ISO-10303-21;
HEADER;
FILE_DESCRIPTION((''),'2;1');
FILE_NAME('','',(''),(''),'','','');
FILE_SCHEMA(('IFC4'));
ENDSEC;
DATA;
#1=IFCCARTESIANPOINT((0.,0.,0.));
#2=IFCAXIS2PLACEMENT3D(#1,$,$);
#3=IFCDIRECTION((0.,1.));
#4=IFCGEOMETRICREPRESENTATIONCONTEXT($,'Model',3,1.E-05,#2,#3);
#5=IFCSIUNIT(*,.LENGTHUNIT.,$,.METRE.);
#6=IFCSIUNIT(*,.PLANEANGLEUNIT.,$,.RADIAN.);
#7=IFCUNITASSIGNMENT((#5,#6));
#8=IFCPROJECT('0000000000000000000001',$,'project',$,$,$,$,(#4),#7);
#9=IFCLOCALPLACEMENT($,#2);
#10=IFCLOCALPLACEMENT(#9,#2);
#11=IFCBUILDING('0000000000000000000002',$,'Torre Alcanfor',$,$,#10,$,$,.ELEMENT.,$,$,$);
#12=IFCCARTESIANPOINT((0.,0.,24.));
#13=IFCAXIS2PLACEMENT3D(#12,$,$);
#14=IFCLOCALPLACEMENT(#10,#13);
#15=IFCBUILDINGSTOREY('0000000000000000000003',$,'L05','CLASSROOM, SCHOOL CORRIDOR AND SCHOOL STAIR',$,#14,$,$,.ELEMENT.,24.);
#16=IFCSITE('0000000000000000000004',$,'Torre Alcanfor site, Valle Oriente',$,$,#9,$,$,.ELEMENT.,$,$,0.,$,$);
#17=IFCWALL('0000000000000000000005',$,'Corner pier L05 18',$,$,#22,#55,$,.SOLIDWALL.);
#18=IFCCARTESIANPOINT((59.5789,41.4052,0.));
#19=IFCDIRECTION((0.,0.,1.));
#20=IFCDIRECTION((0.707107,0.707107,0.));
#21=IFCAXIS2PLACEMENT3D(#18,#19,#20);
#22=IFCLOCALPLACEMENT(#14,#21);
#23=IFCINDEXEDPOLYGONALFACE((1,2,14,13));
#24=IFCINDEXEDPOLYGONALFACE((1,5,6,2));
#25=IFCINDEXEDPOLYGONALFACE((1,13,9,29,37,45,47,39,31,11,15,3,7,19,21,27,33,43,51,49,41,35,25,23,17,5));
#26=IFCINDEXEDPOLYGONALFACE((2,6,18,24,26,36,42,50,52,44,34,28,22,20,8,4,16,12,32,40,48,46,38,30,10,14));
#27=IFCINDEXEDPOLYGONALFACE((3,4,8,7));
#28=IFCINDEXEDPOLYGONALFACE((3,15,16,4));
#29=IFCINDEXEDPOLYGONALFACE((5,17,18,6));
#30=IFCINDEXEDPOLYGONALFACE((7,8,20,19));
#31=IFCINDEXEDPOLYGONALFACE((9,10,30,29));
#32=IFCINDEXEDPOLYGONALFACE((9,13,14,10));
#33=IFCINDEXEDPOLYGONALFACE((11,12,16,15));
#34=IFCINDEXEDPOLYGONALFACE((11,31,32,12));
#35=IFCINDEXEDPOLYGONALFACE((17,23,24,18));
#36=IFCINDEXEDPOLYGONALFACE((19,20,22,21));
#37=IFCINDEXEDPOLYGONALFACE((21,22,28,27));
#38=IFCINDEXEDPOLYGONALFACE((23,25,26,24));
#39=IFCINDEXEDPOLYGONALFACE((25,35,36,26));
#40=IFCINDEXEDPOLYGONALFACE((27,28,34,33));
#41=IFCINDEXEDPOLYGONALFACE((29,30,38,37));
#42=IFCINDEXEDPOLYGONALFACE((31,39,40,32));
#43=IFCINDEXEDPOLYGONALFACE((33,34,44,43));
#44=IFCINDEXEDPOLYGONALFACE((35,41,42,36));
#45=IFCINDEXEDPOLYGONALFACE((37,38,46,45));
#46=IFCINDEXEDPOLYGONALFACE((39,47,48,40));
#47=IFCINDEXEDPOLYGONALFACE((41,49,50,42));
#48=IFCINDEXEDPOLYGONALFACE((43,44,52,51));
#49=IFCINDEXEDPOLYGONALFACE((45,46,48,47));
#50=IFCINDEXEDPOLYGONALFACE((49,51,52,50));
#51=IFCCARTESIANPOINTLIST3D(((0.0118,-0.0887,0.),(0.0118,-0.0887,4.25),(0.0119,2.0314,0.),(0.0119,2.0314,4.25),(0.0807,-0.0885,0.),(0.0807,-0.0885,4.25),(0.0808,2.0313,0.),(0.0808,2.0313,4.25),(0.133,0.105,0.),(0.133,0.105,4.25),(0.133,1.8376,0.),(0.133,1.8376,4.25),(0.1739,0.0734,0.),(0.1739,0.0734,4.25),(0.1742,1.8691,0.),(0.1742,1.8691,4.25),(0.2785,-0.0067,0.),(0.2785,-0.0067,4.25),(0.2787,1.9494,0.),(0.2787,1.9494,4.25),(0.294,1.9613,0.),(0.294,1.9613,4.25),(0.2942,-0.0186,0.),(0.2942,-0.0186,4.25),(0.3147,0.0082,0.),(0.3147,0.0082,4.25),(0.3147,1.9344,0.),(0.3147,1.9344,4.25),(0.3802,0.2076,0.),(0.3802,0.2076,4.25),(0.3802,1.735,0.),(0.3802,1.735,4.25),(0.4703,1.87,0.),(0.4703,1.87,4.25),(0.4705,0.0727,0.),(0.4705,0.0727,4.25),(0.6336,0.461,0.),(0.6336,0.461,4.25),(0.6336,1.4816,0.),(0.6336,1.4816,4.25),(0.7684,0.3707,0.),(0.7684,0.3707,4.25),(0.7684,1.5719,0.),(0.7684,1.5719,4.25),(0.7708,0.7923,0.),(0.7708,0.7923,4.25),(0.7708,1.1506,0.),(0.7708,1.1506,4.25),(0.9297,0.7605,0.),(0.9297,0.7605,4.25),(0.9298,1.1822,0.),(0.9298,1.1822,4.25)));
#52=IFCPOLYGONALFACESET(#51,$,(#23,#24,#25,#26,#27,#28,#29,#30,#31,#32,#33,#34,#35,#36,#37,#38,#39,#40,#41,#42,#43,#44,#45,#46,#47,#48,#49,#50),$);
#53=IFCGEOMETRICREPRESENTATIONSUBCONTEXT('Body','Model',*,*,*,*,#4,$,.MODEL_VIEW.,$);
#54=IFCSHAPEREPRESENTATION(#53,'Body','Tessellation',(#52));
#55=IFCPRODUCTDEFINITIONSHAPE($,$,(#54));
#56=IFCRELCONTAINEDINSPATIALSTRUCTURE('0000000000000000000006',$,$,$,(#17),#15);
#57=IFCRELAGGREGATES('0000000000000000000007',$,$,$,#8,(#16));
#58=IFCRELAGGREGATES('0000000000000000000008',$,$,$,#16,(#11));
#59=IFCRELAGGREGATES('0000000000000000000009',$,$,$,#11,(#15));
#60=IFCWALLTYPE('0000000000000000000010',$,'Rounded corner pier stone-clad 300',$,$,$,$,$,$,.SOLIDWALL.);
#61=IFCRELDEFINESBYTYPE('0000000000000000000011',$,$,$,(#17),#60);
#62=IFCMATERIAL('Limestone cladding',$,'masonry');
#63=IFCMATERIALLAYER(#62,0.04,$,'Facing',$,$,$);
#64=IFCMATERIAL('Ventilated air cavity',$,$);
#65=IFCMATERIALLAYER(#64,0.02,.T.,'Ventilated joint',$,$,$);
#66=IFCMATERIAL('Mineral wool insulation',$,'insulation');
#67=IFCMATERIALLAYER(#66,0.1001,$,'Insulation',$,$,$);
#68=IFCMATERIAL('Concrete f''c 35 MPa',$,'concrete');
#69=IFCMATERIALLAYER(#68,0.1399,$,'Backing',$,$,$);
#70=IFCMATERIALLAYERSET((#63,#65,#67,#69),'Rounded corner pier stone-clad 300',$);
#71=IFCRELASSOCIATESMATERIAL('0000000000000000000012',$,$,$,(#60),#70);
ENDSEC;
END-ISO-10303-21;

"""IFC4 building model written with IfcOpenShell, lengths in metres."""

from ifc_helpers import new_model, si_unit, direction, frame, origin, place, context, subcontext, project, spatial, polyline, outline, extrude, material, layer, layer_set, type_object, element, save


model = new_model("IFC4")

# Units and contexts
model_context = context("Model", 3, precision=1e-05, world=origin(), true_north=direction((0.0, 1.0)))
body_context = subcontext(model_context, "Body", "Model", "MODEL_VIEW")
ifc_project = project(units=[si_unit("LENGTHUNIT", "METRE"), si_unit("PLANEANGLEUNIT", "RADIAN")], contexts=[model_context])

# Site, building, storey
site_placement = place(None, origin())
site = spatial("IfcSite", under=ifc_project, at=site_placement, Name="Torre Alcanfor site, Valle Oriente", CompositionType="ELEMENT", RefElevation=0.0)
building_placement = place(site_placement, origin())
building = spatial("IfcBuilding", under=site, at=building_placement, Name="Torre Alcanfor", CompositionType="ELEMENT")
storey_placement = place(building_placement, frame((0.0, 0.0, 24.0)))
storey = spatial("IfcBuildingStorey", under=building, at=storey_placement, Name="L05", Description="CLASSROOM, SCHOOL CORRIDOR AND SCHOOL STAIR", CompositionType="ELEMENT", Elevation=24.0)

# Wall
ifc_material_1 = material(Name="Limestone cladding", Category="masonry")
ifc_layer_1 = layer(ifc_material_1, 0.04, Name="Facing")
ifc_material_2 = material(Name="Ventilated air cavity")
ifc_layer_2 = layer(ifc_material_2, 0.02, ventilated=True, Name="Ventilated joint")
ifc_material_3 = material(Name="Mineral wool insulation", Category="insulation")
ifc_layer_3 = layer(ifc_material_3, 0.1001, Name="Insulation")
ifc_material_4 = material(Name="Concrete f'c 35 MPa", Category="concrete")
ifc_layer_4 = layer(ifc_material_4, 0.1399, Name="Backing")
ifc_layer_set_1 = layer_set([ifc_layer_1, ifc_layer_2, ifc_layer_3, ifc_layer_4], Name="Rounded corner pier stone-clad 300")
wall_type_1 = type_object("IfcWallType", Name="Rounded corner pier stone-clad 300", PredefinedType="SOLIDWALL", material=ifc_layer_set_1)
wall_1_placement = place(storey_placement, frame((59.5789, 41.4052, 0.0), z_axis=(0.0, 0.0, 1.0), x_axis=(0.707107, 0.707107, 0.0)))
element("IfcWall", 1, at=wall_1_placement, inside=storey, type_object=wall_type_1, Name="Corner pier L05 18", PredefinedType="SOLIDWALL", context=body_context, shape_type="SweptSolid", body=[
    extrude(outline(polyline([(0.4705, 0.0727), (0.7684, 0.3707), (0.9297, 0.7605), (0.9298, 1.1822), (0.7684, 1.5719), (0.4703, 1.87), (0.3147, 1.9344), (0.294, 1.9613), (0.2787, 1.9494), (0.0808, 2.0313), (0.0119, 2.0314), (0.1742, 1.8691), (0.133, 1.8376), (0.3802, 1.735), (0.6336, 1.4816), (0.7708, 1.1506), (0.7708, 0.7923), (0.6336, 0.461), (0.3802, 0.2076), (0.133, 0.105), (0.1739, 0.0734), (0.0118, -0.0887), (0.0807, -0.0885), (0.2785, -0.0067), (0.2942, -0.0186), (0.3147, 0.0082), (0.4705, 0.0727)])), origin(), (0.0, 0.0, 1.0), 4.25),
])

save(model, "model.ifc")
